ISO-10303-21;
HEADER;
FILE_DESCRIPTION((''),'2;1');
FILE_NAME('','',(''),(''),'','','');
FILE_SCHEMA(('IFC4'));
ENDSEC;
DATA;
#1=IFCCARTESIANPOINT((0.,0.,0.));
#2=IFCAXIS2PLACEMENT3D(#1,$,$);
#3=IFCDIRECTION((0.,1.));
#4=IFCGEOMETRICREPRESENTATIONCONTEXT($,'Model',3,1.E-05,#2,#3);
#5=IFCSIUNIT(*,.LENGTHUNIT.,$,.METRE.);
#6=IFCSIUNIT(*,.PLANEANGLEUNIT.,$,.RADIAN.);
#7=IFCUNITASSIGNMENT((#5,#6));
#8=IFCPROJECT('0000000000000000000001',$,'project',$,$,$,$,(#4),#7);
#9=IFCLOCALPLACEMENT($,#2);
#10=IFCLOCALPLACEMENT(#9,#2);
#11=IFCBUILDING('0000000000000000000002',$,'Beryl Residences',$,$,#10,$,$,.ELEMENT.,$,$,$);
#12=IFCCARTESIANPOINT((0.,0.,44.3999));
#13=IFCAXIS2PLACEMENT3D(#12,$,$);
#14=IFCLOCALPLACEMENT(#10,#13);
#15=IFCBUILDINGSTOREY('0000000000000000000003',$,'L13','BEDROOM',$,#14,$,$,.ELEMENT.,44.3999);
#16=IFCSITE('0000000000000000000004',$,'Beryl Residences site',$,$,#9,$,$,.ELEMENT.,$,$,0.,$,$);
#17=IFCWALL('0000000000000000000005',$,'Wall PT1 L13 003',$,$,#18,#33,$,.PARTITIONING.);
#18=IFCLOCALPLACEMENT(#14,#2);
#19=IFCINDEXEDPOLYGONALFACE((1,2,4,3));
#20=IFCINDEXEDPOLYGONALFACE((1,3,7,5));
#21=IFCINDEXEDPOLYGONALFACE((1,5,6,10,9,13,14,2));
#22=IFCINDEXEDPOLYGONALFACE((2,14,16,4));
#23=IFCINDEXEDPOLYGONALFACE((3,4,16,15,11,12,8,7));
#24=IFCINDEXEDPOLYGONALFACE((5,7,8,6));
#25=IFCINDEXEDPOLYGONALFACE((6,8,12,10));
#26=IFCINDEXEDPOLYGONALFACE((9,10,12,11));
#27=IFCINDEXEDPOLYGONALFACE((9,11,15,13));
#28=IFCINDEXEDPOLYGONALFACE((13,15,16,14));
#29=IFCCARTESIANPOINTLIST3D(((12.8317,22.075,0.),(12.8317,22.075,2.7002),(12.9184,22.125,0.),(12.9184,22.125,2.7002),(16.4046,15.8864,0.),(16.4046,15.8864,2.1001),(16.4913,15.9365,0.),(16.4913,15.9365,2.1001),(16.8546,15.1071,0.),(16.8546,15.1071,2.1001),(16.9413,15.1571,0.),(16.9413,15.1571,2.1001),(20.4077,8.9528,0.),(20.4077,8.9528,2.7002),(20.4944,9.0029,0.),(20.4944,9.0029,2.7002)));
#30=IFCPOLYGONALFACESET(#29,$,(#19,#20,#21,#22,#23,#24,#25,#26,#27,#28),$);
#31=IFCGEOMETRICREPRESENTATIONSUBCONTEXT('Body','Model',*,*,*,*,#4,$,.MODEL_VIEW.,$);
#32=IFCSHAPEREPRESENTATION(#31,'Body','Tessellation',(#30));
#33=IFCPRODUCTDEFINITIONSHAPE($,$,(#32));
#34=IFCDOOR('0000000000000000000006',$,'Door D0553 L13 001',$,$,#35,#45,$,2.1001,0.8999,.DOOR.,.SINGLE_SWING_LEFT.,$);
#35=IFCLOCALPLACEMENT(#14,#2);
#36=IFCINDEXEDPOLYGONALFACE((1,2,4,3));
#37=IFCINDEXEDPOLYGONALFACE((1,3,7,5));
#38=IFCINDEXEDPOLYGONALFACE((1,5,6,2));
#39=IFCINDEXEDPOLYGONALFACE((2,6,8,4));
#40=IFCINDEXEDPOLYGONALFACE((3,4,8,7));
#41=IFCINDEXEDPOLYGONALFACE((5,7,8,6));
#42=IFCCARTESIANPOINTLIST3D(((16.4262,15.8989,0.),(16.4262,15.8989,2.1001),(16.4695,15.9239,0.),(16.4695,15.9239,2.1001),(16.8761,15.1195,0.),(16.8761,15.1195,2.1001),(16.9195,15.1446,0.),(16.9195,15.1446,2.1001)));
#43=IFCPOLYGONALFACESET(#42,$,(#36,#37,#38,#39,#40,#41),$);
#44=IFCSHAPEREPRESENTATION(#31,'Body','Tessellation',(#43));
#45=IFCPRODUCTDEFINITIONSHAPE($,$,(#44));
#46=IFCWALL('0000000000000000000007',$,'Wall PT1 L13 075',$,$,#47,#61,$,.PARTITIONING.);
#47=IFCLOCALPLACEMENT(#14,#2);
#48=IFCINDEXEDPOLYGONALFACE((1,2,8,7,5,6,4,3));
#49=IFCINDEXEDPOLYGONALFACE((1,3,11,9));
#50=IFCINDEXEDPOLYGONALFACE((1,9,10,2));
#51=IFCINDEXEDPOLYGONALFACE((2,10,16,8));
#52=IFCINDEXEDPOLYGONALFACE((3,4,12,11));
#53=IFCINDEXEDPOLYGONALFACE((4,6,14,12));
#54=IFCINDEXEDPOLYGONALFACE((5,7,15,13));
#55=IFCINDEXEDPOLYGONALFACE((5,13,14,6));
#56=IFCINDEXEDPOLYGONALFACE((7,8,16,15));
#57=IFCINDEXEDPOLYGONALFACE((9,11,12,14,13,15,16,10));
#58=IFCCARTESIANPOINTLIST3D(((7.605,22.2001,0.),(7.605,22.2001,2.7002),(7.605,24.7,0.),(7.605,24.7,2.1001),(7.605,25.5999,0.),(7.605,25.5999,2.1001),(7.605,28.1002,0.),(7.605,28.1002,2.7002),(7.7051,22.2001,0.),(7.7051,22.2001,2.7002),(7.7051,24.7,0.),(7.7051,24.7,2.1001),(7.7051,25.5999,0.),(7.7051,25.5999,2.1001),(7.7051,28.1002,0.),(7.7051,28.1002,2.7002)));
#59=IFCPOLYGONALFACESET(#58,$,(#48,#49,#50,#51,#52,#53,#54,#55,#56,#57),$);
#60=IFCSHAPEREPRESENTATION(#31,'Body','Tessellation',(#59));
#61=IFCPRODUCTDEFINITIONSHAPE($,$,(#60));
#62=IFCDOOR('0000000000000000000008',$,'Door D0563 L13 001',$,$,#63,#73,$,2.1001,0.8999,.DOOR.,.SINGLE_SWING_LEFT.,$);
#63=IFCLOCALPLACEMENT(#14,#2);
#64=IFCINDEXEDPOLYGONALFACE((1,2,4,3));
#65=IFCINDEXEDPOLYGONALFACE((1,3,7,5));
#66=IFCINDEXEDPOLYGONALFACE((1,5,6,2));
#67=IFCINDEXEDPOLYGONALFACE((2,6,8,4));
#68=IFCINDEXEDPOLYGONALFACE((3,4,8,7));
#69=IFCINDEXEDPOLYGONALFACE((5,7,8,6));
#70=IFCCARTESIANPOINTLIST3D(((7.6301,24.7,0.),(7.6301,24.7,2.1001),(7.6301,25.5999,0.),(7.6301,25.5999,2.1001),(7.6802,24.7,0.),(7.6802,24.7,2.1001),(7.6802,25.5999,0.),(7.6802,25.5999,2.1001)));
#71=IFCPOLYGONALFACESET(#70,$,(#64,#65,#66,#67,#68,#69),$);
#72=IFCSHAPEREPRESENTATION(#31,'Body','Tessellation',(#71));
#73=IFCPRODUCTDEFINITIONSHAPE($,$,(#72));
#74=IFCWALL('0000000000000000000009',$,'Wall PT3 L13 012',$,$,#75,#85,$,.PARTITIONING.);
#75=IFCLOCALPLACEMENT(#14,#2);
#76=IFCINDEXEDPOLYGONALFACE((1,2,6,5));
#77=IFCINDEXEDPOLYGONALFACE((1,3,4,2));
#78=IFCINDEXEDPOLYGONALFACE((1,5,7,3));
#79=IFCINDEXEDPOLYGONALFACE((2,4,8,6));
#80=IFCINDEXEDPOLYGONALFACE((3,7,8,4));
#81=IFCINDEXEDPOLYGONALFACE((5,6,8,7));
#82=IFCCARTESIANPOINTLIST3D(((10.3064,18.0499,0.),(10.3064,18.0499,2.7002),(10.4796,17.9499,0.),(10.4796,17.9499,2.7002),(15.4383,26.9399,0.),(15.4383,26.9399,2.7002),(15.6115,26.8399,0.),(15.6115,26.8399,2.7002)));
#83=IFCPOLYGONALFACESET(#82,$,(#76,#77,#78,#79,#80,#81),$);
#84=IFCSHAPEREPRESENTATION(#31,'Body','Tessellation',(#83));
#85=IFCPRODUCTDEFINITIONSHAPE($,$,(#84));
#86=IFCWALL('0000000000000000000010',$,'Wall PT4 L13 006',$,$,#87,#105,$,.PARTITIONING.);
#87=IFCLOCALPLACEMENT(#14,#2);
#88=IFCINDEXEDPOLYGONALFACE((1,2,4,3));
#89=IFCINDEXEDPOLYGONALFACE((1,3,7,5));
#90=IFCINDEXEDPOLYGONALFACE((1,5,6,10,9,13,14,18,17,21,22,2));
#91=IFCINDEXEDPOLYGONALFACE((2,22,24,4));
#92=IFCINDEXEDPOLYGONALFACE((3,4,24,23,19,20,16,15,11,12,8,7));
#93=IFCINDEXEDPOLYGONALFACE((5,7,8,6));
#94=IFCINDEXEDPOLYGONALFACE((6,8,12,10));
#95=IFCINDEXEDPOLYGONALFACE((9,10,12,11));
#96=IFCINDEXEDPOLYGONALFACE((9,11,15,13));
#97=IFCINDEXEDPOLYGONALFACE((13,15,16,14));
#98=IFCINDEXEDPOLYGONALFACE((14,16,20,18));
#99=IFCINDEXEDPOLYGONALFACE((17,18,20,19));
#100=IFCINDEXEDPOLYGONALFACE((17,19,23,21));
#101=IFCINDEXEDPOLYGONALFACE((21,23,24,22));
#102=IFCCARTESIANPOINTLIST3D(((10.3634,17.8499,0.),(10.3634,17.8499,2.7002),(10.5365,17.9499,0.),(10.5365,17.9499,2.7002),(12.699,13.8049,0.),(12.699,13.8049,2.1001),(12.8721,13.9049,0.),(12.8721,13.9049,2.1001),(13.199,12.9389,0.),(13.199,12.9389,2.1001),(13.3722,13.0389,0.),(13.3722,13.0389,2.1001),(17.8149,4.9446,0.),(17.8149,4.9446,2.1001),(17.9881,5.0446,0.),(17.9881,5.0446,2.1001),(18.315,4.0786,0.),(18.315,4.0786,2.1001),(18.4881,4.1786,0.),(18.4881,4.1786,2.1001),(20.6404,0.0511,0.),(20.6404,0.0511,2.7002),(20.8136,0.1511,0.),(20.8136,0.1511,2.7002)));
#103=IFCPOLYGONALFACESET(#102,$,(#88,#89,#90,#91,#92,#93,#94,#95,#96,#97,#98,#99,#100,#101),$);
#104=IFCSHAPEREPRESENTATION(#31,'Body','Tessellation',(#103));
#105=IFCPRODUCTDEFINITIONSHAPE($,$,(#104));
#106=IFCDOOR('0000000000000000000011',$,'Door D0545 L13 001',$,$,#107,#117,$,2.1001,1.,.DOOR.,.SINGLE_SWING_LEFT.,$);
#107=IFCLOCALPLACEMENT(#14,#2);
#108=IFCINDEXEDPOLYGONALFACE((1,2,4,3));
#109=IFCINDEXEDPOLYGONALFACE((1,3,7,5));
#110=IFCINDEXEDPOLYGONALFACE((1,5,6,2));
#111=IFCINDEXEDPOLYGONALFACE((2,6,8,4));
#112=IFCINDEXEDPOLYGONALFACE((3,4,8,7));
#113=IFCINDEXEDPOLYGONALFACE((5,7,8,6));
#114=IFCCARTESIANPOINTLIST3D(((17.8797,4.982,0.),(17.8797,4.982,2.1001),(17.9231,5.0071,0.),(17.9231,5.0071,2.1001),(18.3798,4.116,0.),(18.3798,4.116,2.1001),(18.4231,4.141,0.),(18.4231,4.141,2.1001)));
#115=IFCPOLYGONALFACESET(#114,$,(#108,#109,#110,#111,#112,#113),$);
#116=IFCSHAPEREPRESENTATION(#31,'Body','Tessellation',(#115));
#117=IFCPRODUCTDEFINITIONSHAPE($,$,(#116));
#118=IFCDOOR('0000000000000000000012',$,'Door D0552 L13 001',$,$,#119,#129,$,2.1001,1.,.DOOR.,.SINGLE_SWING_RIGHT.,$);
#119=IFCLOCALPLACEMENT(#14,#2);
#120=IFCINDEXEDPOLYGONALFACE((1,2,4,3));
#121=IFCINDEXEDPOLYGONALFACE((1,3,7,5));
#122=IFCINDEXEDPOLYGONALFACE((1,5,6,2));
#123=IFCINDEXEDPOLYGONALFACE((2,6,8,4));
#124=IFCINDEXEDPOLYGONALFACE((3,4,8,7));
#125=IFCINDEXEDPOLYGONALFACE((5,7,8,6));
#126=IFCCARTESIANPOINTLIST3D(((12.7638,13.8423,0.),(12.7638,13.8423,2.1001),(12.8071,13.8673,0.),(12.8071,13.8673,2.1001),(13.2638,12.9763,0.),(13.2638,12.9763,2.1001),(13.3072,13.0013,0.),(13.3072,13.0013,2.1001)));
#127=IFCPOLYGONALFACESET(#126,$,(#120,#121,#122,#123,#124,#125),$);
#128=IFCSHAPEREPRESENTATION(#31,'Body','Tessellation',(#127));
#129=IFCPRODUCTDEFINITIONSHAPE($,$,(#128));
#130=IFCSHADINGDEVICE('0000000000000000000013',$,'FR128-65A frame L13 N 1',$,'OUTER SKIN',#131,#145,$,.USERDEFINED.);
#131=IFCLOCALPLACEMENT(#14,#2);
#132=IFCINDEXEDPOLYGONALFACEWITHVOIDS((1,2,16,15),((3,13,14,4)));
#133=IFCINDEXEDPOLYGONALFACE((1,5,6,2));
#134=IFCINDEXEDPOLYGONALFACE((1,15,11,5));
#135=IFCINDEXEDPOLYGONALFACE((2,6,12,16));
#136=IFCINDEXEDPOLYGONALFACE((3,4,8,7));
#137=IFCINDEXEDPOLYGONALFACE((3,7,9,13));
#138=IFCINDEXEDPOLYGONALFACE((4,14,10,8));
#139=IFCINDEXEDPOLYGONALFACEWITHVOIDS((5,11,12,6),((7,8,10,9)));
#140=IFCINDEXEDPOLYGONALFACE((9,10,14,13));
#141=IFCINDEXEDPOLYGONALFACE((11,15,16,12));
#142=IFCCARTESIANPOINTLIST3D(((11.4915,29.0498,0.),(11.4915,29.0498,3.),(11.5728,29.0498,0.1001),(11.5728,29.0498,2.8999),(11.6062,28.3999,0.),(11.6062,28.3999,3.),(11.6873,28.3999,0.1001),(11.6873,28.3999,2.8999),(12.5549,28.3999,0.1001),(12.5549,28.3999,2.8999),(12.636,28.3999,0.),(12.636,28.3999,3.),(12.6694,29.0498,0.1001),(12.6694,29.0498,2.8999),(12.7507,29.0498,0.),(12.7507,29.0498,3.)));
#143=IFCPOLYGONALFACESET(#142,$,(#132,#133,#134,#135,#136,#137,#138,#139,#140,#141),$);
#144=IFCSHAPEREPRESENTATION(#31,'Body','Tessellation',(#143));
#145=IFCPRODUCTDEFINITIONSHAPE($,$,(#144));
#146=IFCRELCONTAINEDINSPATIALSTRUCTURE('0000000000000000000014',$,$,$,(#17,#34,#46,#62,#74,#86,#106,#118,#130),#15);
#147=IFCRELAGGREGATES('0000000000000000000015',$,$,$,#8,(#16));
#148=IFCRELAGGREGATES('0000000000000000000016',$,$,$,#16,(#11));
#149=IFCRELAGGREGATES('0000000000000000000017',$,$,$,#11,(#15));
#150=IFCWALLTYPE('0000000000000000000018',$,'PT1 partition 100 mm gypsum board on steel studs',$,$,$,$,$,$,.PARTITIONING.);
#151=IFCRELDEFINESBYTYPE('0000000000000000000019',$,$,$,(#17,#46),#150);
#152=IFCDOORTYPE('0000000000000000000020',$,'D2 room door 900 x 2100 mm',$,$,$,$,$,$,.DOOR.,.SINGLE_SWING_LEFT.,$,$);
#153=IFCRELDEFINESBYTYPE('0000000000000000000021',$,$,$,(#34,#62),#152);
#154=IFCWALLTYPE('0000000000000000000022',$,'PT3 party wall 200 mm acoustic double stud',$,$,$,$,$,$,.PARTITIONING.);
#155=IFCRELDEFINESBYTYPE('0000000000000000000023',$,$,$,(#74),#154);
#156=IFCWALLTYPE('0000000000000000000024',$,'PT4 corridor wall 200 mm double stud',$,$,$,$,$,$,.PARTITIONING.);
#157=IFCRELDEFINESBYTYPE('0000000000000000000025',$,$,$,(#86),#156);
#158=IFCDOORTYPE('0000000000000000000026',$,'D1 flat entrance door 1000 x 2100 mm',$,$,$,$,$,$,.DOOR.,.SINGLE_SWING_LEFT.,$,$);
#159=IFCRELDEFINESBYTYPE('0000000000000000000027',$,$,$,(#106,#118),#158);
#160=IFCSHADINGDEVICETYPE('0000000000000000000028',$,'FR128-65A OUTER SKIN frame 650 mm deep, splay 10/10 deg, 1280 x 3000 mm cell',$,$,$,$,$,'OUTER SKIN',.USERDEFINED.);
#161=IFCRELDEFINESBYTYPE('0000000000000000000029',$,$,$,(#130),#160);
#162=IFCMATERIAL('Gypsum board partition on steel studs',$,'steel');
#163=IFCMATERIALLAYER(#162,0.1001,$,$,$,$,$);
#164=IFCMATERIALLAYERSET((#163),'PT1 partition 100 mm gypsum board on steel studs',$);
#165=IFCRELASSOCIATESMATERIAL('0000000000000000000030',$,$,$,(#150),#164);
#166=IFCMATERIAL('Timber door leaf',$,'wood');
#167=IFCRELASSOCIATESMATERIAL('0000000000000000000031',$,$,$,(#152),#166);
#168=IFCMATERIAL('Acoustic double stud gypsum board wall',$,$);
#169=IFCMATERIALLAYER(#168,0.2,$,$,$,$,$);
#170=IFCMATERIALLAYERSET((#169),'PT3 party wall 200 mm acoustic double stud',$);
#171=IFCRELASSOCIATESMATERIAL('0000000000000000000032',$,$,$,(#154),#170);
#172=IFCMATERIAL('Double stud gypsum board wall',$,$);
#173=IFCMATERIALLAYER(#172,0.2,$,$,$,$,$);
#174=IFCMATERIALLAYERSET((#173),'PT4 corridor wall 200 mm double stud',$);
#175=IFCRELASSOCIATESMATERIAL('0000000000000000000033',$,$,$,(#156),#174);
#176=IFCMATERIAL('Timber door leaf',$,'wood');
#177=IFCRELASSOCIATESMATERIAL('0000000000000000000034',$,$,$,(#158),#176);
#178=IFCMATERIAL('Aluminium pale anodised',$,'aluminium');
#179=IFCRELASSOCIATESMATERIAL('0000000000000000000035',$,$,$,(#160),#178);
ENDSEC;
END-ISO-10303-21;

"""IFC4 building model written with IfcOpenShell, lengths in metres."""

from ifc_helpers import new_model, entity, si_unit, direction, frame, frame_2d, origin, place, context, subcontext, project, spatial, rectangle, extrude, source, transform, mapped, material, layer, layer_set, type_object, type_shapes, element, fill, save


model = new_model("IFC4")

# Units and contexts
model_context = context("Model", 3, precision=1e-05, world=origin(), true_north=direction((0.0, 1.0)))
body_context = subcontext(model_context, "Body", "Model", "MODEL_VIEW")
ifc_project = project(units=[si_unit("LENGTHUNIT", "METRE"), si_unit("PLANEANGLEUNIT", "RADIAN")], contexts=[model_context])

# Site, building, storey
site_placement = place(None, origin())
site = spatial("IfcSite", under=ifc_project, at=site_placement, Name="Beryl Residences site", CompositionType="ELEMENT", RefElevation=0.0)
building_placement = place(site_placement, origin())
building = spatial("IfcBuilding", under=site, at=building_placement, Name="Beryl Residences", CompositionType="ELEMENT")
storey_placement = place(building_placement, frame((0.0, 0.0, 44.3999)))
storey = spatial("IfcBuildingStorey", under=building, at=storey_placement, Name="L13", Description="BEDROOM", CompositionType="ELEMENT", Elevation=44.3999)

# Walls, openings, doors
ifc_material_1 = material(Name="Gypsum board partition on steel studs", Category="steel")
ifc_layer_1 = layer(ifc_material_1, 0.1001)
ifc_layer_set_1 = layer_set([ifc_layer_1], Name="PT1 partition 100 mm gypsum board on steel studs")
wall_type_1 = type_object("IfcWallType", Name="PT1 partition 100 mm gypsum board on steel studs", PredefinedType="PARTITIONING", material=ifc_layer_set_1)
wall_1_placement = place(storey_placement, frame((12.875, 22.1001, 0.0), z_axis=(0.0, 0.0, 1.0), x_axis=(0.499995, -0.866028, 0.0)))
wall_1 = element("IfcWall", 1, at=wall_1_placement, inside=storey, type_object=wall_type_1, Name="Wall PT1 L13 003", PredefinedType="PARTITIONING", context=body_context, shape_type="SweptSolid", body=[
    extrude(rectangle(XDim=15.1521, YDim=0.1001, at=frame_2d((7.5762, 0.0))), origin(), (0.0, 0.0, 1.0), 2.7002),
])
opening_1_placement = place(wall_1_placement, frame((7.146, 0.0, 0.0)))
opening_1 = element("IfcOpeningElement", 2, at=opening_1_placement, cuts=wall_1, PredefinedType="OPENING", context=body_context, shape_type="SweptSolid", body=[
    extrude(rectangle(XDim=0.8999, YDim=2.1001, at=frame_2d((0.45, 1.05))), frame((0.0, 0.0601, 0.0), z_axis=(0.0, -1.0, 0.0), x_axis=(1.0, 0.0, 0.0)), (0.0, 0.0, 1.0), 0.1201),
])
ifc_material_2 = material(Name="Timber door leaf", Category="wood")
door_type_1 = type_object("IfcDoorType", Name="D2 room door 900 x 2100 mm", OperationType="SINGLE_SWING_LEFT", PredefinedType="DOOR", material=ifc_material_2)
door_1_placement = place(opening_1_placement, origin())
door_1 = element("IfcDoor", 3, at=door_1_placement, inside=storey, type_object=door_type_1, Name="Door D0553 L13 001", OperationType="SINGLE_SWING_LEFT", OverallHeight=2.1001, OverallWidth=0.8999, PredefinedType="DOOR", context=body_context, shape_type="SweptSolid", body=[
    extrude(rectangle(XDim=0.8999, YDim=2.1001, at=frame_2d((0.45, 1.05))), frame((0.0, 0.0249, 0.0), z_axis=(0.0, -1.0, 0.0), x_axis=(1.0, 0.0, 0.0)), (0.0, 0.0, 1.0), 0.05),
])
fill(opening_1, door_1)
wall_2_placement = place(storey_placement, frame((7.655, 22.2, 0.0), z_axis=(0.0, 0.0, 1.0), x_axis=(0.0, 1.0, 0.0)))
wall_2 = element("IfcWall", 4, at=wall_2_placement, inside=storey, type_object=wall_type_1, Name="Wall PT1 L13 075", PredefinedType="PARTITIONING", context=body_context, shape_type="SweptSolid", body=[
    extrude(rectangle(XDim=5.9001, YDim=0.1001, at=frame_2d((2.9502, 0.0))), origin(), (0.0, 0.0, 1.0), 2.7002),
])
opening_2_placement = place(wall_2_placement, frame((2.5, 0.0, 0.0)))
opening_2 = element("IfcOpeningElement", 5, at=opening_2_placement, cuts=wall_2, PredefinedType="OPENING", context=body_context, shape_type="SweptSolid", body=[
    extrude(rectangle(XDim=0.8999, YDim=2.1001, at=frame_2d((0.45, 1.05))), frame((0.0, 0.0601, 0.0), z_axis=(0.0, -1.0, 0.0), x_axis=(1.0, 0.0, 0.0)), (0.0, 0.0, 1.0), 0.1201),
])
door_2_placement = place(opening_2_placement, origin())
door_2 = element("IfcDoor", 6, at=door_2_placement, inside=storey, type_object=door_type_1, Name="Door D0563 L13 001", OperationType="SINGLE_SWING_LEFT", OverallHeight=2.1001, OverallWidth=0.8999, PredefinedType="DOOR", context=body_context, shape_type="SweptSolid", body=[
    extrude(rectangle(XDim=0.8999, YDim=2.1001, at=frame_2d((0.45, 1.05))), frame((0.0, 0.0249, 0.0), z_axis=(0.0, -1.0, 0.0), x_axis=(1.0, 0.0, 0.0)), (0.0, 0.0, 1.0), 0.05),
])
fill(opening_2, door_2)

# Wall
ifc_material_3 = material(Name="Acoustic double stud gypsum board wall")
ifc_layer_2 = layer(ifc_material_3, 0.2)
ifc_layer_set_2 = layer_set([ifc_layer_2], Name="PT3 party wall 200 mm acoustic double stud")
wall_type_2 = type_object("IfcWallType", Name="PT3 party wall 200 mm acoustic double stud", PredefinedType="PARTITIONING", material=ifc_layer_set_2)
wall_3_placement = place(storey_placement, frame((10.3931, 18.0, 0.0), z_axis=(0.0, 0.0, 1.0), x_axis=(0.499945, 0.866057, 0.0)))
element("IfcWall", 7, at=wall_3_placement, inside=storey, type_object=wall_type_2, Name="Wall PT3 L13 012", PredefinedType="PARTITIONING", context=body_context, shape_type="SweptSolid", body=[
    extrude(rectangle(XDim=10.2649, YDim=0.2, at=frame_2d((5.1323, 0.0))), origin(), (0.0, 0.0, 1.0), 2.7002),
])

# Wall, openings, doors
ifc_material_4 = material(Name="Double stud gypsum board wall")
ifc_layer_3 = layer(ifc_material_4, 0.2)
ifc_layer_set_3 = layer_set([ifc_layer_3], Name="PT4 corridor wall 200 mm double stud")
wall_type_3 = type_object("IfcWallType", Name="PT4 corridor wall 200 mm double stud", PredefinedType="PARTITIONING", material=ifc_layer_set_3)
wall_4_placement = place(storey_placement, frame((10.45, 17.8999, 0.0), z_axis=(0.0, 0.0, 1.0), x_axis=(0.500034, -0.866006, 0.0)))
wall_4 = element("IfcWall", 8, at=wall_4_placement, inside=storey, type_object=wall_type_3, Name="Wall PT4 L13 006", PredefinedType="PARTITIONING", context=body_context, shape_type="SweptSolid", body=[
    extrude(rectangle(XDim=20.5527, YDim=0.2, at=frame_2d((10.2764, 0.0))), origin(), (0.0, 0.0, 1.0), 2.7002),
])
opening_3_placement = place(wall_4_placement, frame((14.9021, 0.0, 0.0)))
opening_3 = element("IfcOpeningElement", 9, at=opening_3_placement, cuts=wall_4, PredefinedType="OPENING", context=body_context, shape_type="SweptSolid", body=[
    extrude(rectangle(XDim=1.0, YDim=2.1001, at=frame_2d((0.5, 1.05))), frame((0.0, 0.1099, 0.0), z_axis=(0.0, -1.0, 0.0), x_axis=(1.0, 0.0, 0.0)), (0.0, 0.0, 1.0), 0.22),
])
opening_4_placement = place(wall_4_placement, frame((4.6709, 0.0, 0.0)))
opening_4 = element("IfcOpeningElement", 10, at=opening_4_placement, cuts=wall_4, PredefinedType="OPENING", context=body_context, shape_type="SweptSolid", body=[
    extrude(rectangle(XDim=1.0, YDim=2.1001, at=frame_2d((0.5, 1.05))), frame((0.0, 0.1099, 0.0), z_axis=(0.0, -1.0, 0.0), x_axis=(1.0, 0.0, 0.0)), (0.0, 0.0, 1.0), 0.22),
])
ifc_material_5 = material(Name="Timber door leaf", Category="wood")
door_type_2 = type_object("IfcDoorType", Name="D1 flat entrance door 1000 x 2100 mm", OperationType="SINGLE_SWING_LEFT", PredefinedType="DOOR", material=ifc_material_5)
door_3_placement = place(opening_3_placement, origin())
door_3 = element("IfcDoor", 11, at=door_3_placement, inside=storey, type_object=door_type_2, Name="Door D0545 L13 001", OperationType="SINGLE_SWING_LEFT", OverallHeight=2.1001, OverallWidth=1.0, PredefinedType="DOOR", context=body_context, shape_type="SweptSolid", body=[
    extrude(rectangle(XDim=1.0, YDim=2.1001, at=frame_2d((0.5, 1.05))), frame((0.0, 0.0249, 0.0), z_axis=(0.0, -1.0, 0.0), x_axis=(1.0, 0.0, 0.0)), (0.0, 0.0, 1.0), 0.05),
])
fill(opening_3, door_3)
door_4_placement = place(opening_4_placement, origin())
door_4 = element("IfcDoor", 12, at=door_4_placement, inside=storey, type_object=door_type_2, Name="Door D0552 L13 001", OperationType="SINGLE_SWING_RIGHT", OverallHeight=2.1001, OverallWidth=1.0, PredefinedType="DOOR", context=body_context, shape_type="SweptSolid", body=[
    extrude(rectangle(XDim=1.0, YDim=2.1001, at=frame_2d((0.5, 1.05))), frame((0.0, 0.0249, 0.0), z_axis=(0.0, -1.0, 0.0), x_axis=(1.0, 0.0, 0.0)), (0.0, 0.0, 1.0), 0.05),
])
fill(opening_4, door_4)

# Shading device
ifc_material_6 = material(Name="Aluminium pale anodised", Category="aluminium")
shading_device_type_1 = type_object("IfcShadingDeviceType", Name="FR128-65A OUTER SKIN frame 650 mm deep, splay 10/10 deg, 1280 x 3000 mm cell", ElementType="OUTER SKIN", PredefinedType="USERDEFINED", material=ifc_material_6)
cartesian_point_1 = entity("IfcCartesianPoint", [-0.5149, 0.0])
cartesian_point_2 = entity("IfcCartesianPoint", [-0.4338, 0.1001])
cartesian_point_3 = entity("IfcCartesianPoint", [-0.6296, 0.0])
cartesian_point_4 = entity("IfcCartesianPoint", [-0.5483, 0.1001])
shared_shape_1 = source(origin(), body_context, "Body", "SweptSolid", [
    entity("IfcExtrudedAreaSolidTapered", entity("IfcArbitraryProfileDefWithVoids", "AREA", None, entity("IfcPolyline", [cartesian_point_1, entity("IfcCartesianPoint", [0.5149, 0.0]), entity("IfcCartesianPoint", [0.5149, 3.0]), entity("IfcCartesianPoint", [-0.5149, 3.0]), cartesian_point_1]), [entity("IfcPolyline", [cartesian_point_2, entity("IfcCartesianPoint", [0.4338, 0.1001]), entity("IfcCartesianPoint", [0.4338, 2.8999]), entity("IfcCartesianPoint", [-0.4338, 2.8999]), cartesian_point_2])]), entity("IfcAxis2Placement3D", entity("IfcCartesianPoint", [0.0, 0.0, 0.0]), entity("IfcDirection", [0.0, 1.0, 0.0]), entity("IfcDirection", [-1.0, 0.0, 0.0])), entity("IfcDirection", [0.0, 0.0, 1.0]), 0.6499, entity("IfcArbitraryProfileDefWithVoids", "AREA", None, entity("IfcPolyline", [cartesian_point_3, entity("IfcCartesianPoint", [0.6296, 0.0]), entity("IfcCartesianPoint", [0.6296, 3.0]), entity("IfcCartesianPoint", [-0.6296, 3.0]), cartesian_point_3]), [entity("IfcPolyline", [cartesian_point_4, entity("IfcCartesianPoint", [0.5483, 0.1001]), entity("IfcCartesianPoint", [0.5483, 2.8999]), entity("IfcCartesianPoint", [-0.5483, 2.8999]), cartesian_point_4])])),
])
type_shapes(shading_device_type_1, [shared_shape_1])
shading_device_1_placement = place(storey_placement, frame((12.1211, 28.3999, 0.0), z_axis=(0.0, 0.0, 1.0), x_axis=(1.0, 0.0, 0.0)))
element("IfcShadingDevice", 13, at=shading_device_1_placement, inside=storey, type_object=shading_device_type_1, Name="FR128-65A frame L13 N 1", ObjectType="OUTER SKIN", PredefinedType="USERDEFINED", context=body_context, shape_type="MappedRepresentation", body=[
    mapped(shared_shape_1, transform((0.0, 0.0, 0.0))),
])

save(model, "model.ifc")
